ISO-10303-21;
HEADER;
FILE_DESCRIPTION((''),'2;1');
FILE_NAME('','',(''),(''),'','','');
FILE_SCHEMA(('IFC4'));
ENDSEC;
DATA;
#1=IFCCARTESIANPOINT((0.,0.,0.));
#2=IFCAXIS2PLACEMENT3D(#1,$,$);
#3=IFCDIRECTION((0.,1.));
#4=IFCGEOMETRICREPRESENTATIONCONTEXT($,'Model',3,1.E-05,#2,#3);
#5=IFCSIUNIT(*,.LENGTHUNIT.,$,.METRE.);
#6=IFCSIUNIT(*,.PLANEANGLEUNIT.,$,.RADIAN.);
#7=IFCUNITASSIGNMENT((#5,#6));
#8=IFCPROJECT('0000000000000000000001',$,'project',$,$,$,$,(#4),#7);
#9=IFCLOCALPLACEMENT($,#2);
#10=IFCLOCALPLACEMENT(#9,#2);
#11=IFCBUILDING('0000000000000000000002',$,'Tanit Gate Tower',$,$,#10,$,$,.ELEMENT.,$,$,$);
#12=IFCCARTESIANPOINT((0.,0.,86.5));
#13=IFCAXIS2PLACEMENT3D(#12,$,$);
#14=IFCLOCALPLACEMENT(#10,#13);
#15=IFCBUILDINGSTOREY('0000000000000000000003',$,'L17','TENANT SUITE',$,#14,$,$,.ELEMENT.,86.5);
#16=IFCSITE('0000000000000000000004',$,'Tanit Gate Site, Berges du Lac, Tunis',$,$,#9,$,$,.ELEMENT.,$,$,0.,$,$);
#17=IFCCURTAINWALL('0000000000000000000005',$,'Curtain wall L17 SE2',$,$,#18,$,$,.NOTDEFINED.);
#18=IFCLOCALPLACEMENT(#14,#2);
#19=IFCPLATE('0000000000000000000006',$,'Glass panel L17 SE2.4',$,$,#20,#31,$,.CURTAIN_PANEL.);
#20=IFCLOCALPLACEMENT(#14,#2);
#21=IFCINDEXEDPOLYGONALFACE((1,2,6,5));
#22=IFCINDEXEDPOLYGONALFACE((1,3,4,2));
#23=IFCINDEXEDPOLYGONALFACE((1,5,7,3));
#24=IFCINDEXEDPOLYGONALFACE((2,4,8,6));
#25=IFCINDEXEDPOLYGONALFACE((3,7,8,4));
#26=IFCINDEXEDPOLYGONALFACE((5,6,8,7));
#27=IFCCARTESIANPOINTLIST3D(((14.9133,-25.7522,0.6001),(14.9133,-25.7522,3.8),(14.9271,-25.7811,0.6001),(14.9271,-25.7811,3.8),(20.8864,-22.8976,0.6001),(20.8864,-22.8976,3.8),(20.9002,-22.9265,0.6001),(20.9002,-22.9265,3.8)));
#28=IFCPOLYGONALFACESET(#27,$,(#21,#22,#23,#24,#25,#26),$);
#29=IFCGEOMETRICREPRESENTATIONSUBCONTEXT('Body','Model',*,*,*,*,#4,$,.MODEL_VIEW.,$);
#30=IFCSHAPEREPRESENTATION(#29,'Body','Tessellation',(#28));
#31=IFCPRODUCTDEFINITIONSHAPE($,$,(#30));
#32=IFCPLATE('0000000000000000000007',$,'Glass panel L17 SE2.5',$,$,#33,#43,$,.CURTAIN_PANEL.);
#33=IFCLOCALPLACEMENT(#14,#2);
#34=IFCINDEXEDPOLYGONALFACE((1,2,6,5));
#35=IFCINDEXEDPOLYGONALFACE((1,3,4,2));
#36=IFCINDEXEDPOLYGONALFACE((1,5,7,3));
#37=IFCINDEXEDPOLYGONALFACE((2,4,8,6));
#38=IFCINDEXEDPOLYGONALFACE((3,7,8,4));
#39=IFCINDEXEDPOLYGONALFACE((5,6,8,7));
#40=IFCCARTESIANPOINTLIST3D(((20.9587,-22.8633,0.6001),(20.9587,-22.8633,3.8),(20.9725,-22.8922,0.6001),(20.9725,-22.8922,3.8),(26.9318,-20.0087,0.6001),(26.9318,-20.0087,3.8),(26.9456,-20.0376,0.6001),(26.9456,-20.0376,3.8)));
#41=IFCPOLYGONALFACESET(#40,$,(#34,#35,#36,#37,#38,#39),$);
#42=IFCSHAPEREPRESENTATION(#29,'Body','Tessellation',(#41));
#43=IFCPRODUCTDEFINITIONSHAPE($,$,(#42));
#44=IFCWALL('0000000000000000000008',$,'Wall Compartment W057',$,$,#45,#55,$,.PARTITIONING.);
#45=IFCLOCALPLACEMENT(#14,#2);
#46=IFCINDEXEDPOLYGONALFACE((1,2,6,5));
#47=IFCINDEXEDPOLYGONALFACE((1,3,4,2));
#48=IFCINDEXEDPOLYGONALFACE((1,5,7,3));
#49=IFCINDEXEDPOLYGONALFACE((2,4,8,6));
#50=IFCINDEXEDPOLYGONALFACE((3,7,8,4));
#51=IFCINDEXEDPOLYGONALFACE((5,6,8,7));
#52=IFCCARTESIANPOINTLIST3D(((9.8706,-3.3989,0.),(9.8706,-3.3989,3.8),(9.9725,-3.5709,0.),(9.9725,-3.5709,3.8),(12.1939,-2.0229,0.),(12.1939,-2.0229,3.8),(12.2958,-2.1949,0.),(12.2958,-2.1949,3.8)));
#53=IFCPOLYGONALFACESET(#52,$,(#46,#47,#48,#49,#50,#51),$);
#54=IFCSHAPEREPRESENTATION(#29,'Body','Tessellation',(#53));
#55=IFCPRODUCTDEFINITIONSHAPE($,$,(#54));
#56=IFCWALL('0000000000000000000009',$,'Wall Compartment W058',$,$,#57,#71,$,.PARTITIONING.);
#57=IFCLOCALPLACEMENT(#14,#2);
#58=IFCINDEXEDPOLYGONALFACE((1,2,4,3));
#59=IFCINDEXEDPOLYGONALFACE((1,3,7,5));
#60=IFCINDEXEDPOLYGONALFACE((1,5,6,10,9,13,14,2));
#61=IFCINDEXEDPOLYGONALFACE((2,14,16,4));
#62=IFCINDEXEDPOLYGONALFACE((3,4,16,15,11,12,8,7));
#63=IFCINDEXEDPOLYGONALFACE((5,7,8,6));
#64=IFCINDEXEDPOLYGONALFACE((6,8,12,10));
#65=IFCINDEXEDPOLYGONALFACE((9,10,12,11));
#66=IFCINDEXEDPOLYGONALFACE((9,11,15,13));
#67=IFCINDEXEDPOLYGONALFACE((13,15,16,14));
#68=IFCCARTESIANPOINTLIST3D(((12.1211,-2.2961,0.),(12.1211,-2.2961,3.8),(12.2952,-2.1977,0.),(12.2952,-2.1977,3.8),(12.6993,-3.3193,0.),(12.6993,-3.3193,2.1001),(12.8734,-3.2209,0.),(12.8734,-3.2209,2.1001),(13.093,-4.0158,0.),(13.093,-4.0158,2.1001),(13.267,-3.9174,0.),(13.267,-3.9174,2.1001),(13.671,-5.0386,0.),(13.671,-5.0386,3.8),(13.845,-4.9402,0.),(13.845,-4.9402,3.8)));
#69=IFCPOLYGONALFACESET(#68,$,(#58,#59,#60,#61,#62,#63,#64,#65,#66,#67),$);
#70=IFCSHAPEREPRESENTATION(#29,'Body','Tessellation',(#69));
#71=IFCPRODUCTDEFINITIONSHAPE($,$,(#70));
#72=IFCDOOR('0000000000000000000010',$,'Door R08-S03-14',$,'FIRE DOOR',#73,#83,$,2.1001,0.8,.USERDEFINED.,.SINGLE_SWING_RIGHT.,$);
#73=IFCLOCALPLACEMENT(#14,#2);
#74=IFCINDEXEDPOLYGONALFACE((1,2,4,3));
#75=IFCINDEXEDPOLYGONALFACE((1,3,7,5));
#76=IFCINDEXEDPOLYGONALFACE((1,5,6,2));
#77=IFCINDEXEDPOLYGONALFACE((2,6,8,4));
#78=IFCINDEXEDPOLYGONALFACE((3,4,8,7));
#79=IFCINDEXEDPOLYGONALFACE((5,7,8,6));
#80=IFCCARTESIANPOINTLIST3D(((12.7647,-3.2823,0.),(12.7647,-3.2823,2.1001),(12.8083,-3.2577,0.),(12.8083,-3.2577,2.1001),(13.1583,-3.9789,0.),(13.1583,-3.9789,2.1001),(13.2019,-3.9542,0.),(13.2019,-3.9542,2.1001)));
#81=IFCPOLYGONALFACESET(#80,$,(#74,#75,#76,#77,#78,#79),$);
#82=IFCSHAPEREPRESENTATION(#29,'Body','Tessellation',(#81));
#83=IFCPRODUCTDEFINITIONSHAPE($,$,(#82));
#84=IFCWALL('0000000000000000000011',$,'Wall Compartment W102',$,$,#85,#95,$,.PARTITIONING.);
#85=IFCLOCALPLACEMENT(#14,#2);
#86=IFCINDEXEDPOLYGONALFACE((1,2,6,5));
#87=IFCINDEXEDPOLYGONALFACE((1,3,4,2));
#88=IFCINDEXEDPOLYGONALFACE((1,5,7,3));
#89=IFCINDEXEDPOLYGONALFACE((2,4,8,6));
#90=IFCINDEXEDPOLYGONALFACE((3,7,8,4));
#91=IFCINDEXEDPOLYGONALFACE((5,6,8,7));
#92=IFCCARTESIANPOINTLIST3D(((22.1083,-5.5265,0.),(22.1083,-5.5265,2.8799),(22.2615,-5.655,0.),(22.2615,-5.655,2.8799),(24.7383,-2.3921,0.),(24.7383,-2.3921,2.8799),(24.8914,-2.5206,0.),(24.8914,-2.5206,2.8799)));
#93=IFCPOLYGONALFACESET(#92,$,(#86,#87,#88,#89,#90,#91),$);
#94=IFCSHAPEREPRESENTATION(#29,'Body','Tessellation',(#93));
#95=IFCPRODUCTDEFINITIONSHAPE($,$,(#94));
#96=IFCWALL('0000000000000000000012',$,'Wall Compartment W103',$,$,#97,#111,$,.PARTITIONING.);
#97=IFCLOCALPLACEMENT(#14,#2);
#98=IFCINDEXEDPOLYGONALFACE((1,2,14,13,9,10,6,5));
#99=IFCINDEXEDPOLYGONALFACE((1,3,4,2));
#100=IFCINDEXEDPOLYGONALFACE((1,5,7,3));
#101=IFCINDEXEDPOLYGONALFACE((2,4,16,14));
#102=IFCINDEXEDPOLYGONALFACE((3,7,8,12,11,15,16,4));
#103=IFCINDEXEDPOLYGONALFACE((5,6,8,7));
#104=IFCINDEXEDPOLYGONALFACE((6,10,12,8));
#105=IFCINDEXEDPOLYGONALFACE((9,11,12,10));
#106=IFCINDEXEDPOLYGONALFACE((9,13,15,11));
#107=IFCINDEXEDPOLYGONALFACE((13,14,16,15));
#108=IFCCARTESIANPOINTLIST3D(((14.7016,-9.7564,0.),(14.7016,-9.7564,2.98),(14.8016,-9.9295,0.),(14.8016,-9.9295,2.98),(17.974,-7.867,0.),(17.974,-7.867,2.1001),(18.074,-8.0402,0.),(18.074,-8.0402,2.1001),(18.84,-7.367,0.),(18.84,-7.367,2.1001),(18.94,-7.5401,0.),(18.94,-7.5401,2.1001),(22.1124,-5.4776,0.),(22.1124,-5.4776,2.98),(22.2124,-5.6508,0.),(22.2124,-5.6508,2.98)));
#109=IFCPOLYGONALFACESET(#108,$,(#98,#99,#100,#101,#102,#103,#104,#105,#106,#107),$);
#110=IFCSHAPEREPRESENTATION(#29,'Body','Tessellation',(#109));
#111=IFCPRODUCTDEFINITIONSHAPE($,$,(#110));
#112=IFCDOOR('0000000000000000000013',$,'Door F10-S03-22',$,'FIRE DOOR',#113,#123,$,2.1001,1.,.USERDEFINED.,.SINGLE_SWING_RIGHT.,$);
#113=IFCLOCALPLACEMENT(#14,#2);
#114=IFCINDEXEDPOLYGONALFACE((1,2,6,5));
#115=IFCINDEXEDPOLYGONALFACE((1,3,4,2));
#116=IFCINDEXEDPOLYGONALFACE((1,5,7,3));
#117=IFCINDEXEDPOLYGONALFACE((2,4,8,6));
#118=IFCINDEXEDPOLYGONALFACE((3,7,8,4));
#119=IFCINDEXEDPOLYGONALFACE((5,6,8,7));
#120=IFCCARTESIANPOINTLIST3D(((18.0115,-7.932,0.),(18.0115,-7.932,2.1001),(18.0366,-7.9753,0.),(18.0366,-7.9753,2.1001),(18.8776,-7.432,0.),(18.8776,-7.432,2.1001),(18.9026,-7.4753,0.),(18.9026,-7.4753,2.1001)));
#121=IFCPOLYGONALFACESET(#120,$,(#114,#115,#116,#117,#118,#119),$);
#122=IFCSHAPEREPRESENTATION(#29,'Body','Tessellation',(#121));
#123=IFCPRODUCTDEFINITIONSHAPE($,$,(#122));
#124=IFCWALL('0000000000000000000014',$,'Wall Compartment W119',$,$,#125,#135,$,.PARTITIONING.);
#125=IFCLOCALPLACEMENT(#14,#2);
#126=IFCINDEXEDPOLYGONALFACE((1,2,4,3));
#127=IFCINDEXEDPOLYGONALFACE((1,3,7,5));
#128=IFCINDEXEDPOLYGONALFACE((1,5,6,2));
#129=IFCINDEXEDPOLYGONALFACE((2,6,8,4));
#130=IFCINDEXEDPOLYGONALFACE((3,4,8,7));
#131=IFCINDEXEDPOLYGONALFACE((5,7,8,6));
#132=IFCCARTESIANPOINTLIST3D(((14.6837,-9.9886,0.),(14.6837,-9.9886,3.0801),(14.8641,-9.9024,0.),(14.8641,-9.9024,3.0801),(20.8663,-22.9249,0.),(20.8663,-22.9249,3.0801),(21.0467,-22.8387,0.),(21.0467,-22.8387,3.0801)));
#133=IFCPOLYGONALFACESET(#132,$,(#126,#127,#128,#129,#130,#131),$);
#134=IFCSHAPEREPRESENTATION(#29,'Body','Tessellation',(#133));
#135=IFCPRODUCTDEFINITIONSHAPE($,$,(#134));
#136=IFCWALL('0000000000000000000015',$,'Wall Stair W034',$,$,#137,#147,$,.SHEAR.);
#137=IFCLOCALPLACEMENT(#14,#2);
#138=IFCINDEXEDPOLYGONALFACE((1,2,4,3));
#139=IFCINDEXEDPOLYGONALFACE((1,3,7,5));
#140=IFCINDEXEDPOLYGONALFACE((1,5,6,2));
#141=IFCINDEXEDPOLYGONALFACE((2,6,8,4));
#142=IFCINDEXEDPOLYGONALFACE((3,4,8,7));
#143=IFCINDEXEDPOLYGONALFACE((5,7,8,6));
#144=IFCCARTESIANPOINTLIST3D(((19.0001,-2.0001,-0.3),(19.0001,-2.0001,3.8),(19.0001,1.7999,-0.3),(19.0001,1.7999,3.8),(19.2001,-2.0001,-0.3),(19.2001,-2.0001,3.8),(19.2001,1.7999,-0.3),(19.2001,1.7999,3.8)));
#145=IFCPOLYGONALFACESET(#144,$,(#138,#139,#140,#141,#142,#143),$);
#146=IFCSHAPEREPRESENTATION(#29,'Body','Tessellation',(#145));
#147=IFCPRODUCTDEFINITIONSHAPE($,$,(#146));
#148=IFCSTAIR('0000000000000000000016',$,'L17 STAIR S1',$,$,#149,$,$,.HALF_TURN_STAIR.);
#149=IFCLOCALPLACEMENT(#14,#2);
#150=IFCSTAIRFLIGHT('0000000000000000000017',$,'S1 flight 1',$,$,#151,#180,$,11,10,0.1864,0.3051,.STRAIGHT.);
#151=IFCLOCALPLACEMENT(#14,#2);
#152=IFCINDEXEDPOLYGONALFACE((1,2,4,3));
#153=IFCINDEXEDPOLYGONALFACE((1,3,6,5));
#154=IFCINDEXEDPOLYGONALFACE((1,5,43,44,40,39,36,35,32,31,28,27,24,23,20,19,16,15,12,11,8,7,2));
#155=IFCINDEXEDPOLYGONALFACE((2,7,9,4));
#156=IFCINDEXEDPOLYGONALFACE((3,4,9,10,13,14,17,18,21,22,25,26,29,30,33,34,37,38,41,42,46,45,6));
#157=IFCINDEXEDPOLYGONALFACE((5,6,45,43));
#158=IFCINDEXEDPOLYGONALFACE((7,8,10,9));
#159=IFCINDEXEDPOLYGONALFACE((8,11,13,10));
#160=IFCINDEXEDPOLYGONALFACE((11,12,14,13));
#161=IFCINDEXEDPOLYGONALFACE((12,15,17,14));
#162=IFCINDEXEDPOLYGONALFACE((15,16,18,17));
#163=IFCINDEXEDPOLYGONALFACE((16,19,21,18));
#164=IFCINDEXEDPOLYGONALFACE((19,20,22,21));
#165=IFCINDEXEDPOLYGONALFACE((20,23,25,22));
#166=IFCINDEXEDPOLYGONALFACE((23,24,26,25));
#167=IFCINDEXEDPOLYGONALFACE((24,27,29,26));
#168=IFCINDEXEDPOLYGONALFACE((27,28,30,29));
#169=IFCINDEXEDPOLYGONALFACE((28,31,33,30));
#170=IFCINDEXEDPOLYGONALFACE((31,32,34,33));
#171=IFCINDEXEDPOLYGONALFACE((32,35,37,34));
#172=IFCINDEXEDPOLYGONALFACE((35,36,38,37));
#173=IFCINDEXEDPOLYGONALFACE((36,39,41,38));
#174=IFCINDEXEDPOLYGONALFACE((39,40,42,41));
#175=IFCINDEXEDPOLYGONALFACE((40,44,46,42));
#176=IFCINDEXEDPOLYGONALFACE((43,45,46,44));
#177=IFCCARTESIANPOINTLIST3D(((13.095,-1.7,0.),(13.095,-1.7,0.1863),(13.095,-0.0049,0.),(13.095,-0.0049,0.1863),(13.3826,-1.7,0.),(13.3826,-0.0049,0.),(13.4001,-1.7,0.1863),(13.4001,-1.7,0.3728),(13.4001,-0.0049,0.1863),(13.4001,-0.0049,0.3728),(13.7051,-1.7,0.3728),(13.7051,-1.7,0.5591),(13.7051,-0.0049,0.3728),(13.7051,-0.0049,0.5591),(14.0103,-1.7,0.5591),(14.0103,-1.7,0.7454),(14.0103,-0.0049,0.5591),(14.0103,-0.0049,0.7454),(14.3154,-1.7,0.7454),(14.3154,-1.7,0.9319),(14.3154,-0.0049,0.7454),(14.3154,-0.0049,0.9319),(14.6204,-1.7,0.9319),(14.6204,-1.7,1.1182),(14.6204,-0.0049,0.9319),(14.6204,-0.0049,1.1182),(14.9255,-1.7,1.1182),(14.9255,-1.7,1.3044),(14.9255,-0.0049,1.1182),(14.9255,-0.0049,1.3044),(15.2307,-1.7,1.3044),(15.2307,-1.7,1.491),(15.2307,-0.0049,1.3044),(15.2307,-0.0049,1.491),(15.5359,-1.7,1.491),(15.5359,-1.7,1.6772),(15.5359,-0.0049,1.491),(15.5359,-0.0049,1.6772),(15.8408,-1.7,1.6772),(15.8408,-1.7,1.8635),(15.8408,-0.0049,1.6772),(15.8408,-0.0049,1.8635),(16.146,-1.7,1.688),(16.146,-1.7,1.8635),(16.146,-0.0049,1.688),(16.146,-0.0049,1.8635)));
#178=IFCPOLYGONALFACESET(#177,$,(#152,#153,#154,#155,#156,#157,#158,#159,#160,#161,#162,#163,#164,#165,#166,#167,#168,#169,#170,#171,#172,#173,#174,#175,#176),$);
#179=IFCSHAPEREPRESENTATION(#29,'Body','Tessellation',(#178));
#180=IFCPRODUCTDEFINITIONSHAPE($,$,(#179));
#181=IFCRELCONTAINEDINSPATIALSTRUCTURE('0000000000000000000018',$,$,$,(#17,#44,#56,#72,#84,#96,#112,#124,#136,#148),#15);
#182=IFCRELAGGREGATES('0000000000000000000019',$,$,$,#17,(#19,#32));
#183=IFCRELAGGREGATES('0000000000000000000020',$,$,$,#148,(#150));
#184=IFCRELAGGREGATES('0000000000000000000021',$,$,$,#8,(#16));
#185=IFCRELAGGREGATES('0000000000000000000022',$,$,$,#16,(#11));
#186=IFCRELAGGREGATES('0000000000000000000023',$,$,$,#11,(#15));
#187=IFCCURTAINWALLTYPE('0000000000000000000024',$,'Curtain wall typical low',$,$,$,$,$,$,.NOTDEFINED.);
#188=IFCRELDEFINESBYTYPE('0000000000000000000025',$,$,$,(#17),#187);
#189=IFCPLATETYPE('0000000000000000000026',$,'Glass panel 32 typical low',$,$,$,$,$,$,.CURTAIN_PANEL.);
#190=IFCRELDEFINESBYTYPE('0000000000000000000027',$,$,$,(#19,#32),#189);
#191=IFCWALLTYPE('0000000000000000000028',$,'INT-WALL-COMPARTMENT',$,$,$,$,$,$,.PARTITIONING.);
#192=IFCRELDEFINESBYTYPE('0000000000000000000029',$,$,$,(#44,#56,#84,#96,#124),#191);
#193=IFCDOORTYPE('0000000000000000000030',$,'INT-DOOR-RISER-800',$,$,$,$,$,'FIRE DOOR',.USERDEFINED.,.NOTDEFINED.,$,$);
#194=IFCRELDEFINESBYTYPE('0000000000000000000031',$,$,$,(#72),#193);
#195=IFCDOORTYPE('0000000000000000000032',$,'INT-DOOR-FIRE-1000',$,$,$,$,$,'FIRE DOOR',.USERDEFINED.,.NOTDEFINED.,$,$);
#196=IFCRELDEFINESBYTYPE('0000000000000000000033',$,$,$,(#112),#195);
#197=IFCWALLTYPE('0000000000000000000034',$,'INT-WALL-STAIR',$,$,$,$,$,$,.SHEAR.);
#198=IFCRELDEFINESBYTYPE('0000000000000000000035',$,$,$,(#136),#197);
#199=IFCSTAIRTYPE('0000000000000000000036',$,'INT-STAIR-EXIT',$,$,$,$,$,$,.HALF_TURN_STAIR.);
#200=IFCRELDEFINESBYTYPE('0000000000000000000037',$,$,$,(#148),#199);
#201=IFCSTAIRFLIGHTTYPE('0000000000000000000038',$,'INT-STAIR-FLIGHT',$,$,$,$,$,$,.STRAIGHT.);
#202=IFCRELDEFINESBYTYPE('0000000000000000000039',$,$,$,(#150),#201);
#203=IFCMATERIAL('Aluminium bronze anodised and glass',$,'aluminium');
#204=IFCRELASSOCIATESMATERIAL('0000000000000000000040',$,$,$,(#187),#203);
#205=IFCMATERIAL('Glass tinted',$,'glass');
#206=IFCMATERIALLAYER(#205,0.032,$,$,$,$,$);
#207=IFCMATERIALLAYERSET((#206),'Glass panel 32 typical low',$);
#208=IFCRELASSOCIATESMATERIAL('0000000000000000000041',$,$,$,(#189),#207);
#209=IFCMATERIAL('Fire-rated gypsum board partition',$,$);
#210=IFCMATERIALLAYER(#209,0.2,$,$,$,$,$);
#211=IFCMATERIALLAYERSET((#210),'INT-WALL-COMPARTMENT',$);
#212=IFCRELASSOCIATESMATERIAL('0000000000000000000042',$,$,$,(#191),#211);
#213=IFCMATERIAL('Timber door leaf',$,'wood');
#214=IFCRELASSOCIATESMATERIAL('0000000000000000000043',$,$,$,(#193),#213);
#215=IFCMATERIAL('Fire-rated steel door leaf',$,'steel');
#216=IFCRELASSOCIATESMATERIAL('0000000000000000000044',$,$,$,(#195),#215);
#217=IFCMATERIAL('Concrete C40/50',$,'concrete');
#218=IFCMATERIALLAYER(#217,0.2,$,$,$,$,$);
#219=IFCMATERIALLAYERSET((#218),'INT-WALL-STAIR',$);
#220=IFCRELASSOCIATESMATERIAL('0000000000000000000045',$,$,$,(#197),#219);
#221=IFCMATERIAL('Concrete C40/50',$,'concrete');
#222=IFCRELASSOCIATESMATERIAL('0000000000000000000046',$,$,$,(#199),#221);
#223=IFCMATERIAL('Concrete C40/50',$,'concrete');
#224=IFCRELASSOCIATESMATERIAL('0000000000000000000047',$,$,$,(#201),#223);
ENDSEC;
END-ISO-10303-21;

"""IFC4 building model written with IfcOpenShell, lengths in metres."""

from ifc_helpers import new_model, si_unit, direction, frame, frame_2d, origin, origin_2d, place, context, subcontext, project, spatial, polyline, rectangle, outline, extrude, material, layer, layer_set, type_object, element, fill, aggregate, save


model = new_model("IFC4")

# Units and contexts
model_context = context("Model", 3, precision=1e-05, world=origin(), true_north=direction((0.0, 1.0)))
body_context = subcontext(model_context, "Body", "Model", "MODEL_VIEW")
ifc_project = project(units=[si_unit("LENGTHUNIT", "METRE"), si_unit("PLANEANGLEUNIT", "RADIAN")], contexts=[model_context])

# Site, building, storey
site_placement = place(None, origin())
site = spatial("IfcSite", under=ifc_project, at=site_placement, Name="Tanit Gate Site, Berges du Lac, Tunis", CompositionType="ELEMENT", RefElevation=0.0)
building_placement = place(site_placement, origin())
building = spatial("IfcBuilding", under=site, at=building_placement, Name="Tanit Gate Tower", CompositionType="ELEMENT")
storey_placement = place(building_placement, frame((0.0, 0.0, 86.5)))
storey = spatial("IfcBuildingStorey", under=building, at=storey_placement, Name="L17", Description="TENANT SUITE", CompositionType="ELEMENT", Elevation=86.5)

# Curtain wall
ifc_material_1 = material(Name="Aluminium bronze anodised and glass", Category="aluminium")
curtain_wall_type = type_object("IfcCurtainWallType", Name="Curtain wall typical low", PredefinedType="NOTDEFINED", material=ifc_material_1)
curtain_wall_placement = place(storey_placement, origin())
curtain_wall = element("IfcCurtainWall", 1, at=curtain_wall_placement, inside=storey, type_object=curtain_wall_type, Name="Curtain wall L17 SE2", PredefinedType="NOTDEFINED")

# Plates
ifc_material_2 = material(Name="Glass tinted", Category="glass")
ifc_layer_1 = layer(ifc_material_2, 0.032)
ifc_layer_set_1 = layer_set([ifc_layer_1], Name="Glass panel 32 typical low")
plate_type = type_object("IfcPlateType", Name="Glass panel 32 typical low", PredefinedType="CURTAIN_PANEL", material=ifc_layer_set_1)
plate_1_placement = place(storey_placement, frame((17.9067, -24.3394, 0.6001), z_axis=(0.0, 0.0, 1.0), x_axis=(0.902258, 0.431197, 0.0)))
plate_1 = element("IfcPlate", 2, at=plate_1_placement, type_object=plate_type, Name="Glass panel L17 SE2.4", PredefinedType="CURTAIN_PANEL", context=body_context, shape_type="SweptSolid", body=[
    extrude(rectangle(XDim=6.6201, YDim=0.032, at=origin_2d()), origin(), (0.0, 0.0, 1.0), 3.2),
])
plate_2_placement = place(storey_placement, frame((23.9521, -21.4504, 0.6001), z_axis=(0.0, 0.0, 1.0), x_axis=(0.902258, 0.431197, 0.0)))
plate_2 = element("IfcPlate", 3, at=plate_2_placement, type_object=plate_type, Name="Glass panel L17 SE2.5", PredefinedType="CURTAIN_PANEL", context=body_context, shape_type="SweptSolid", body=[
    extrude(rectangle(XDim=6.6201, YDim=0.032, at=origin_2d()), origin(), (0.0, 0.0, 1.0), 3.2),
])
aggregate(curtain_wall, [plate_1, plate_2])

# Wall
ifc_material_3 = material(Name="Fire-rated gypsum board partition")
ifc_layer_2 = layer(ifc_material_3, 0.2)
ifc_layer_set_2 = layer_set([ifc_layer_2], Name="INT-WALL-COMPARTMENT")
wall_type_1 = type_object("IfcWallType", Name="INT-WALL-COMPARTMENT", PredefinedType="PARTITIONING", material=ifc_layer_set_2)
wall_1_placement = place(storey_placement, frame((12.2449, -2.1089, 0.0), z_axis=(0.0, 0.0, 1.0), x_axis=(-0.860415, -0.509594, 0.0)))
element("IfcWall", 4, at=wall_1_placement, inside=storey, type_object=wall_type_1, Name="Wall Compartment W057", PredefinedType="PARTITIONING", context=body_context, shape_type="SweptSolid", body=[
    extrude(rectangle(XDim=2.7002, YDim=0.2, at=frame_2d((1.3501, 0.0))), origin(), (0.0, 0.0, 1.0), 3.8),
])

# Wall, opening, door
wall_2_placement = place(storey_placement, frame((13.7581, -4.9895, 0.0), z_axis=(0.0, 0.0, 1.0), x_axis=(-0.491993, 0.870599, 0.0)))
wall_2 = element("IfcWall", 5, at=wall_2_placement, inside=storey, type_object=wall_type_1, Name="Wall Compartment W058", PredefinedType="PARTITIONING", context=body_context, shape_type="SweptSolid", body=[
    extrude(rectangle(XDim=3.1501, YDim=0.2, at=frame_2d((1.5752, 0.0))), origin(), (0.0, 0.0, 1.0), 3.8),
])
opening_1_placement = place(wall_2_placement, frame((1.175, 0.0, 0.0)))
opening_1 = element("IfcOpeningElement", 6, at=opening_1_placement, cuts=wall_2, PredefinedType="OPENING", context=body_context, shape_type="SweptSolid", body=[
    extrude(rectangle(XDim=0.8, YDim=2.1001, at=frame_2d((0.3999, 1.05))), frame((0.0, 0.1099, 0.0), z_axis=(0.0, -1.0, 0.0), x_axis=(1.0, 0.0, 0.0)), (0.0, 0.0, 1.0), 0.22),
])
ifc_material_4 = material(Name="Timber door leaf", Category="wood")
door_type_1 = type_object("IfcDoorType", Name="INT-DOOR-RISER-800", ElementType="FIRE DOOR", OperationType="NOTDEFINED", PredefinedType="USERDEFINED", material=ifc_material_4)
door_1_placement = place(opening_1_placement, origin())
door_1 = element("IfcDoor", 7, at=door_1_placement, inside=storey, type_object=door_type_1, Name="Door R08-S03-14", ObjectType="FIRE DOOR", OperationType="SINGLE_SWING_RIGHT", OverallHeight=2.1001, OverallWidth=0.8, PredefinedType="USERDEFINED", context=body_context, shape_type="SweptSolid", body=[
    extrude(rectangle(XDim=0.8, YDim=2.1001, at=frame_2d((0.3999, 1.05))), frame((0.0, 0.0249, 0.0), z_axis=(0.0, -1.0, 0.0), x_axis=(1.0, 0.0, 0.0)), (0.0, 0.0, 1.0), 0.05),
])
fill(opening_1, door_1)

# Wall
wall_3_placement = place(storey_placement, frame((22.1848, -5.5908, 0.0), z_axis=(0.0, 0.0, 1.0), x_axis=(0.642775, 0.766055, 0.0)))
element("IfcWall", 8, at=wall_3_placement, inside=storey, type_object=wall_type_1, Name="Wall Compartment W102", PredefinedType="PARTITIONING", context=body_context, shape_type="SweptSolid", body=[
    extrude(rectangle(XDim=4.0916, YDim=0.2, at=frame_2d((2.0459, 0.0))), origin(), (0.0, 0.0, 1.0), 2.8799),
])

# Wall, opening, door
wall_4_placement = place(storey_placement, frame((14.7515, -9.843, 0.0), z_axis=(0.0, 0.0, 1.0), x_axis=(0.866019, 0.500011, 0.0)))
wall_4 = element("IfcWall", 9, at=wall_4_placement, inside=storey, type_object=wall_type_1, Name="Wall Compartment W103", PredefinedType="PARTITIONING", context=body_context, shape_type="SweptSolid", body=[
    extrude(rectangle(XDim=8.5574, YDim=0.2, at=frame_2d((4.2788, 0.0))), origin(), (0.0, 0.0, 1.0), 2.98),
])
opening_2_placement = place(wall_4_placement, frame((3.7788, 0.0, 0.0)))
opening_2 = element("IfcOpeningElement", 10, at=opening_2_placement, cuts=wall_4, PredefinedType="OPENING", context=body_context, shape_type="SweptSolid", body=[
    extrude(rectangle(XDim=1.0, YDim=2.1001, at=frame_2d((0.5, 1.05))), frame((0.0, 0.1099, 0.0), z_axis=(0.0, -1.0, 0.0), x_axis=(1.0, 0.0, 0.0)), (0.0, 0.0, 1.0), 0.22),
])
ifc_material_5 = material(Name="Fire-rated steel door leaf", Category="steel")
door_type_2 = type_object("IfcDoorType", Name="INT-DOOR-FIRE-1000", ElementType="FIRE DOOR", OperationType="NOTDEFINED", PredefinedType="USERDEFINED", material=ifc_material_5)
door_2_placement = place(opening_2_placement, origin())
door_2 = element("IfcDoor", 11, at=door_2_placement, inside=storey, type_object=door_type_2, Name="Door F10-S03-22", ObjectType="FIRE DOOR", OperationType="SINGLE_SWING_RIGHT", OverallHeight=2.1001, OverallWidth=1.0, PredefinedType="USERDEFINED", context=body_context, shape_type="SweptSolid", body=[
    extrude(rectangle(XDim=1.0, YDim=2.1001, at=frame_2d((0.5, 1.05))), frame((0.0, 0.0249, 0.0), z_axis=(0.0, -1.0, 0.0), x_axis=(1.0, 0.0, 0.0)), (0.0, 0.0, 1.0), 0.05),
])
fill(opening_2, door_2)

# Walls
wall_5_placement = place(storey_placement, frame((20.9565, -22.8818, 0.0), z_axis=(0.0, 0.0, 1.0), x_axis=(-0.431211, 0.902251, 0.0)))
element("IfcWall", 12, at=wall_5_placement, inside=storey, type_object=wall_type_1, Name="Wall Compartment W119", PredefinedType="PARTITIONING", context=body_context, shape_type="SweptSolid", body=[
    extrude(rectangle(XDim=14.3379, YDim=0.2, at=frame_2d((7.1689, 0.0))), origin(), (0.0, 0.0, 1.0), 3.0801),
])
ifc_material_6 = material(Name="Concrete C40/50", Category="concrete")
ifc_layer_3 = layer(ifc_material_6, 0.2)
ifc_layer_set_3 = layer_set([ifc_layer_3], Name="INT-WALL-STAIR")
wall_type_2 = type_object("IfcWallType", Name="INT-WALL-STAIR", PredefinedType="SHEAR", material=ifc_layer_set_3)
wall_6_placement = place(storey_placement, frame((19.1001, -2.0, -0.3), z_axis=(0.0, 0.0, 1.0), x_axis=(0.0, 1.0, 0.0)))
element("IfcWall", 13, at=wall_6_placement, inside=storey, type_object=wall_type_2, Name="Wall Stair W034", PredefinedType="SHEAR", context=body_context, shape_type="SweptSolid", body=[
    extrude(rectangle(XDim=3.8, YDim=0.2, at=frame_2d((1.8999, 0.0))), origin(), (0.0, 0.0, 1.0), 4.1001),
])

# Stair, stair flight
ifc_material_7 = material(Name="Concrete C40/50", Category="concrete")
stair_type = type_object("IfcStairType", Name="INT-STAIR-EXIT", PredefinedType="HALF_TURN_STAIR", material=ifc_material_7)
stair_placement = place(storey_placement, origin())
stair = element("IfcStair", 14, at=stair_placement, inside=storey, type_object=stair_type, Name="L17 STAIR S1", PredefinedType="HALF_TURN_STAIR")
ifc_material_8 = material(Name="Concrete C40/50", Category="concrete")
stair_flight_type = type_object("IfcStairFlightType", Name="INT-STAIR-FLIGHT", PredefinedType="STRAIGHT", material=ifc_material_8)
stair_flight_placement = place(storey_placement, frame((13.095, -0.8525, 0.0), z_axis=(0.0, 0.0, 1.0), x_axis=(1.0, 0.0, 0.0)))
stair_flight = element("IfcStairFlight", 15, at=stair_flight_placement, type_object=stair_flight_type, Name="S1 flight 1", NumberOfRisers=11, NumberOfTreads=10, PredefinedType="STRAIGHT", RiserHeight=0.1864, TreadLength=0.3051, context=body_context, shape_type="SweptSolid", body=[
    extrude(outline(polyline([(0.0, 0.0), (0.0, 0.1863), (0.3052, 0.1863), (0.3052, 0.3728), (0.6101, 0.3728), (0.6101, 0.5591), (0.9153, 0.5591), (0.9153, 0.7454), (1.2205, 0.7454), (1.2205, 0.9319), (1.5254, 0.9319), (1.5254, 1.1182), (1.8306, 1.1182), (1.8306, 1.3044), (2.1357, 1.3044), (2.1357, 1.491), (2.4409, 1.491), (2.4409, 1.6772), (2.7458, 1.6772), (2.7458, 1.8635), (3.051, 1.8635), (3.051, 2.05), (3.051, 1.688), (0.2876, 0.0), (0.0, 0.0)])), frame((0.0, 0.8477, 0.0), z_axis=(0.0, -1.0, 0.0), x_axis=(1.0, 0.0, 0.0)), (0.0, 0.0, 1.0), 1.6951),
])
aggregate(stair, [stair_flight])

save(model, "model.ifc")
